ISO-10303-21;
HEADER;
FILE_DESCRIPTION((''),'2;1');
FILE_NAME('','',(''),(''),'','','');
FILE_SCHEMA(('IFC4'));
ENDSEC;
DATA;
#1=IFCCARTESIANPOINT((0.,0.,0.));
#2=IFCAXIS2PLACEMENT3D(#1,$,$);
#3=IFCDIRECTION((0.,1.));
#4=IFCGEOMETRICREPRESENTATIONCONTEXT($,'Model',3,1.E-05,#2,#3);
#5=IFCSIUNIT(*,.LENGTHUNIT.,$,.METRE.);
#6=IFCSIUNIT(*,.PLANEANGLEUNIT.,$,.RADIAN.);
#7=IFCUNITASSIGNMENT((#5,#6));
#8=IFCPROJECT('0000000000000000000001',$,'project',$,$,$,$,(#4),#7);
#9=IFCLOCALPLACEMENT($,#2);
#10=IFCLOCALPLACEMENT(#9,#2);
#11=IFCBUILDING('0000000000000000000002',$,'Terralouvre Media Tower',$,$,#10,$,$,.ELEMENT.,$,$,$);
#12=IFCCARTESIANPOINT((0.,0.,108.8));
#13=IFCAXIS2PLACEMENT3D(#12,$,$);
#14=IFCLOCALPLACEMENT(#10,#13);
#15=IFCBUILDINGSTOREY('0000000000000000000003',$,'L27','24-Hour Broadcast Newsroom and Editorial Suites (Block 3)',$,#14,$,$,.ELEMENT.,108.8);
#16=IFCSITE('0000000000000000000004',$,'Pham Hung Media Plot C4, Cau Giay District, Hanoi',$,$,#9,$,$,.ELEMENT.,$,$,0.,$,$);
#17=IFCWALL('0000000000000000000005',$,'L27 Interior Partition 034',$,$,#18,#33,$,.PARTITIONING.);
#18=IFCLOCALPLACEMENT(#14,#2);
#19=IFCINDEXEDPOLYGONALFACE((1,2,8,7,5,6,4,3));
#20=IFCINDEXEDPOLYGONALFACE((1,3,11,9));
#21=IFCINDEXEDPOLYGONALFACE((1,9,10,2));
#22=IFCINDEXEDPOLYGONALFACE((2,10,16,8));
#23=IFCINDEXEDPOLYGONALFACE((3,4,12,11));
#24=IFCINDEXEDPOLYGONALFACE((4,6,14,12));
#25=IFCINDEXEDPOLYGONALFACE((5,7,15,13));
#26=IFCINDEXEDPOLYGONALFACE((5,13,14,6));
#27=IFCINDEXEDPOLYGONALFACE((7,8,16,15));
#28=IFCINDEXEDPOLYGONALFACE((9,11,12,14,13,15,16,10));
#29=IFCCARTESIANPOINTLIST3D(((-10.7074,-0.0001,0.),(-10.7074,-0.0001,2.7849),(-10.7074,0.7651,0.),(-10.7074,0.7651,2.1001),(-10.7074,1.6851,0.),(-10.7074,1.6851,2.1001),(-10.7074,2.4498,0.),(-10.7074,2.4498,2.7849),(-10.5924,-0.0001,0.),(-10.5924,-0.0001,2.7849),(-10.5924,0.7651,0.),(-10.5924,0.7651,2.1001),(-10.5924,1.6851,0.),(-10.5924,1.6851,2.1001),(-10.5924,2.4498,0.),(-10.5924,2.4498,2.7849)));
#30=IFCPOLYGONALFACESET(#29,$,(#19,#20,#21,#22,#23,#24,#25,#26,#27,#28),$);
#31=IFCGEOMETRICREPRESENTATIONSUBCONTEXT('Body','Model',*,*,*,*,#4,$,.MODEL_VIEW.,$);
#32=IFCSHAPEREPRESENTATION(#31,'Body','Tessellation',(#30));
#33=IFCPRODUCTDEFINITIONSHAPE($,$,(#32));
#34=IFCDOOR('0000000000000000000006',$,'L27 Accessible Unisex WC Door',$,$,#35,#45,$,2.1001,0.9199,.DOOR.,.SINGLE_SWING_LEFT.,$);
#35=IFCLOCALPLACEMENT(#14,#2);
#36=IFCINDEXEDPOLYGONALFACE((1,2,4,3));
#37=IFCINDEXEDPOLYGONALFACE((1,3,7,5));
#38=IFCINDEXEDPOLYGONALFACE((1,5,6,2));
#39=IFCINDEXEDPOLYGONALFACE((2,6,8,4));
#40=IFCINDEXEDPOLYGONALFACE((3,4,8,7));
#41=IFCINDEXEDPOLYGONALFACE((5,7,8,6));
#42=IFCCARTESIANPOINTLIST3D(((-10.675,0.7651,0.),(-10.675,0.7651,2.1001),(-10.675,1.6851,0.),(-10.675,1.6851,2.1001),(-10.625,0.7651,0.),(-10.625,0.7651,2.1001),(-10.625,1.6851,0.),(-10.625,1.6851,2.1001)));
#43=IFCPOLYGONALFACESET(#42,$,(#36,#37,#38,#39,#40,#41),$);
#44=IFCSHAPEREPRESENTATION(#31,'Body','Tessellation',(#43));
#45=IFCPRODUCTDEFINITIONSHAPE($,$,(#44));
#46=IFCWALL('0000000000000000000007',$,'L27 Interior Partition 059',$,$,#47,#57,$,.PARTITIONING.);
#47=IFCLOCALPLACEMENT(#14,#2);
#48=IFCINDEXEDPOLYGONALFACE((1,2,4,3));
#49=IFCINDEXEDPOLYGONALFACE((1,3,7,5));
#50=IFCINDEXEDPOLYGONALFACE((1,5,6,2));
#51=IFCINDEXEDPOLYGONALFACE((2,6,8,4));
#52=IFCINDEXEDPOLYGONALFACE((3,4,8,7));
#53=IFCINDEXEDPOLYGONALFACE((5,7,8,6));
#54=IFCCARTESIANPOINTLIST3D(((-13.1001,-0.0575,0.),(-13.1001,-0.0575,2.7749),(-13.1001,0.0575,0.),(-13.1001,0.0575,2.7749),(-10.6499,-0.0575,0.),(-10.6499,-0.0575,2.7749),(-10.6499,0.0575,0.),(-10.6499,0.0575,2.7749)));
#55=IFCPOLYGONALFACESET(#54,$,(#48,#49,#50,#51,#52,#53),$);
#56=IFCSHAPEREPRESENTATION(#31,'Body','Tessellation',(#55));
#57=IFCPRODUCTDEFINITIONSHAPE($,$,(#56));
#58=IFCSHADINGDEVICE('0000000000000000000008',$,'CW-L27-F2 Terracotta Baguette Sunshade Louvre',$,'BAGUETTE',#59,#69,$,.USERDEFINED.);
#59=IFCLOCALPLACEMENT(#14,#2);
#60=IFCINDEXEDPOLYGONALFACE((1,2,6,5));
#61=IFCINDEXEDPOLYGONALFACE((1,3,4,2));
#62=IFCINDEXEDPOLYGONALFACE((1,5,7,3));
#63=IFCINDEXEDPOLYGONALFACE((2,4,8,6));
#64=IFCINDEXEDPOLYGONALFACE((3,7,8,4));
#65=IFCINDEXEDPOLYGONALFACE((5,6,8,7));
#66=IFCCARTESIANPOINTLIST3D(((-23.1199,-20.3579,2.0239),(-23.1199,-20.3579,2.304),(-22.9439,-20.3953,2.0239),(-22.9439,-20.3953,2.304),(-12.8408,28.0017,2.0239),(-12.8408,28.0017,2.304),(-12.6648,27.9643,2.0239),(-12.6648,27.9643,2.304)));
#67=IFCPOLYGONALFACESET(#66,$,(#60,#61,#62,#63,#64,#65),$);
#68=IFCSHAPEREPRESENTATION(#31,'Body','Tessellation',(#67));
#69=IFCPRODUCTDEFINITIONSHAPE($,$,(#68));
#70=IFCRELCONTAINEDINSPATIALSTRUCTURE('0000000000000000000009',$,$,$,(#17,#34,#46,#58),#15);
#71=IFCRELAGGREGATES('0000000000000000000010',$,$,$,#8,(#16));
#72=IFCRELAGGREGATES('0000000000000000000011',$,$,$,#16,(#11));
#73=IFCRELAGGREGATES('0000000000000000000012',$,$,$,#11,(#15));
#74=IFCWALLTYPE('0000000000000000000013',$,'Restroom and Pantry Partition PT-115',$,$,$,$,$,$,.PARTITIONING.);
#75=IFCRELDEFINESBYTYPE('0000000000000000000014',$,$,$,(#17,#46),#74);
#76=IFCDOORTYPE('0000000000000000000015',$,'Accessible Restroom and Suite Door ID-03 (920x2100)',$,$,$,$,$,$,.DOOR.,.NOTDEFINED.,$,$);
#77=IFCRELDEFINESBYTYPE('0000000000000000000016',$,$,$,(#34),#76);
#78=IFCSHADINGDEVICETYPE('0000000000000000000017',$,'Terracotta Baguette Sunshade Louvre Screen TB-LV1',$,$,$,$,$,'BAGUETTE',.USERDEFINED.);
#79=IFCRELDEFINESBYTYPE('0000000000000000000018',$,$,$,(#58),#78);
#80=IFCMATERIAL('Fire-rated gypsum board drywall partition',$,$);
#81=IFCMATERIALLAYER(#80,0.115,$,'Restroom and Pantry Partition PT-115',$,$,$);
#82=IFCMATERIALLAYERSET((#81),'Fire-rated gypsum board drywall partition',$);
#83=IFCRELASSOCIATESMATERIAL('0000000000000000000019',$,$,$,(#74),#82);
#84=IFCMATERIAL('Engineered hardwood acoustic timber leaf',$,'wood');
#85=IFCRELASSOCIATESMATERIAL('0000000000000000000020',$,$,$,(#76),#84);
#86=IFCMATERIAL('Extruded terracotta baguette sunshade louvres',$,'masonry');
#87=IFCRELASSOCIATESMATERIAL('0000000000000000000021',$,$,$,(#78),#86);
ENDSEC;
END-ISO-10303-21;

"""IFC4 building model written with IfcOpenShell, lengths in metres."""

from ifc_helpers import new_model, si_unit, direction, frame, frame_2d, origin, origin_2d, place, context, subcontext, project, spatial, rectangle, extrude, material, layer, layer_set, type_object, element, fill, save


model = new_model("IFC4")

# Units and contexts
model_context = context("Model", 3, precision=1e-05, world=origin(), true_north=direction((0.0, 1.0)))
body_context = subcontext(model_context, "Body", "Model", "MODEL_VIEW")
ifc_project = project(units=[si_unit("LENGTHUNIT", "METRE"), si_unit("PLANEANGLEUNIT", "RADIAN")], contexts=[model_context])

# Site, building, storey
site_placement = place(None, origin())
site = spatial("IfcSite", under=ifc_project, at=site_placement, Name="Pham Hung Media Plot C4, Cau Giay District, Hanoi", CompositionType="ELEMENT", RefElevation=0.0)
building_placement = place(site_placement, origin())
building = spatial("IfcBuilding", under=site, at=building_placement, Name="Terralouvre Media Tower", CompositionType="ELEMENT")
storey_placement = place(building_placement, frame((0.0, 0.0, 108.8)))
storey = spatial("IfcBuildingStorey", under=building, at=storey_placement, Name="L27", Description="24-Hour Broadcast Newsroom and Editorial Suites (Block 3)", CompositionType="ELEMENT", Elevation=108.8)

# Wall, opening, door
ifc_material_1 = material(Name="Fire-rated gypsum board drywall partition")
ifc_layer_1 = layer(ifc_material_1, 0.115, Name="Restroom and Pantry Partition PT-115")
ifc_layer_set_1 = layer_set([ifc_layer_1], Name="Fire-rated gypsum board drywall partition")
wall_type_1 = type_object("IfcWallType", Name="Restroom and Pantry Partition PT-115", PredefinedType="PARTITIONING", material=ifc_layer_set_1)
ifc_material_2 = material(Name="Engineered hardwood acoustic timber leaf", Category="wood")
door_type_1 = type_object("IfcDoorType", Name="Accessible Restroom and Suite Door ID-03 (920x2100)", OperationType="NOTDEFINED", PredefinedType="DOOR", material=ifc_material_2)
wall_1_placement = place(storey_placement, frame((-10.6499, 2.45, 0.0), z_axis=(0.0, 0.0, 1.0), x_axis=(0.0, -1.0, 0.0)))
wall_1 = element("IfcWall", 1, at=wall_1_placement, inside=storey, type_object=wall_type_1, Name="L27 Interior Partition 034", PredefinedType="PARTITIONING", context=body_context, shape_type="SweptSolid", body=[
    extrude(rectangle(XDim=2.45, YDim=0.115, at=frame_2d((1.2251, 0.0))), origin(), (0.0, 0.0, 1.0), 2.7849),
])
opening_1_placement = place(wall_1_placement, frame((0.7649, 0.0, 0.0)))
opening_1 = element("IfcOpeningElement", 2, at=opening_1_placement, cuts=wall_1, PredefinedType="OPENING", context=body_context, shape_type="SweptSolid", body=[
    extrude(rectangle(XDim=0.9199, YDim=2.1001, at=frame_2d((0.46, 1.05))), frame((0.0, 0.0674, 0.0), z_axis=(0.0, -1.0, 0.0), x_axis=(1.0, 0.0, 0.0)), (0.0, 0.0, 1.0), 0.135),
])
door_1_placement = place(opening_1_placement, origin())
door_1 = element("IfcDoor", 3, at=door_1_placement, inside=storey, type_object=door_type_1, Name="L27 Accessible Unisex WC Door", OperationType="SINGLE_SWING_LEFT", OverallHeight=2.1001, OverallWidth=0.9199, PredefinedType="DOOR", context=body_context, shape_type="SweptSolid", body=[
    extrude(rectangle(XDim=0.9199, YDim=2.1001, at=frame_2d((0.46, 1.05))), frame((0.0, 0.0249, 0.0), z_axis=(0.0, -1.0, 0.0), x_axis=(1.0, 0.0, 0.0)), (0.0, 0.0, 1.0), 0.05),
])
fill(opening_1, door_1)

# Wall
wall_2_placement = place(storey_placement, frame((-10.6499, 0.0, 0.0), z_axis=(0.0, 0.0, 1.0), x_axis=(-1.0, 0.0, 0.0)))
element("IfcWall", 4, at=wall_2_placement, inside=storey, type_object=wall_type_1, Name="L27 Interior Partition 059", PredefinedType="PARTITIONING", context=body_context, shape_type="SweptSolid", body=[
    extrude(rectangle(XDim=2.4502, YDim=0.115, at=frame_2d((1.2251, 0.0))), origin(), (0.0, 0.0, 1.0), 2.7749),
])

# Shading device
ifc_material_3 = material(Name="Extruded terracotta baguette sunshade louvres", Category="masonry")
shading_device_type = type_object("IfcShadingDeviceType", Name="Terracotta Baguette Sunshade Louvre Screen TB-LV1", ElementType="BAGUETTE", PredefinedType="USERDEFINED", material=ifc_material_3)
shading_device_placement = place(storey_placement, frame((-17.8923, 3.8032, 2.0239), z_axis=(0.0, 0.0, 1.0), x_axis=(-0.207912, -0.978148, 0.0)))
element("IfcShadingDevice", 5, at=shading_device_placement, inside=storey, type_object=shading_device_type, Name="CW-L27-F2 Terracotta Baguette Sunshade Louvre", ObjectType="BAGUETTE", PredefinedType="USERDEFINED", context=body_context, shape_type="SweptSolid", body=[
    extrude(rectangle(XDim=49.4399, YDim=0.1799, at=origin_2d()), origin(), (0.0, 0.0, 1.0), 0.28),
])

save(model, "model.ifc")
